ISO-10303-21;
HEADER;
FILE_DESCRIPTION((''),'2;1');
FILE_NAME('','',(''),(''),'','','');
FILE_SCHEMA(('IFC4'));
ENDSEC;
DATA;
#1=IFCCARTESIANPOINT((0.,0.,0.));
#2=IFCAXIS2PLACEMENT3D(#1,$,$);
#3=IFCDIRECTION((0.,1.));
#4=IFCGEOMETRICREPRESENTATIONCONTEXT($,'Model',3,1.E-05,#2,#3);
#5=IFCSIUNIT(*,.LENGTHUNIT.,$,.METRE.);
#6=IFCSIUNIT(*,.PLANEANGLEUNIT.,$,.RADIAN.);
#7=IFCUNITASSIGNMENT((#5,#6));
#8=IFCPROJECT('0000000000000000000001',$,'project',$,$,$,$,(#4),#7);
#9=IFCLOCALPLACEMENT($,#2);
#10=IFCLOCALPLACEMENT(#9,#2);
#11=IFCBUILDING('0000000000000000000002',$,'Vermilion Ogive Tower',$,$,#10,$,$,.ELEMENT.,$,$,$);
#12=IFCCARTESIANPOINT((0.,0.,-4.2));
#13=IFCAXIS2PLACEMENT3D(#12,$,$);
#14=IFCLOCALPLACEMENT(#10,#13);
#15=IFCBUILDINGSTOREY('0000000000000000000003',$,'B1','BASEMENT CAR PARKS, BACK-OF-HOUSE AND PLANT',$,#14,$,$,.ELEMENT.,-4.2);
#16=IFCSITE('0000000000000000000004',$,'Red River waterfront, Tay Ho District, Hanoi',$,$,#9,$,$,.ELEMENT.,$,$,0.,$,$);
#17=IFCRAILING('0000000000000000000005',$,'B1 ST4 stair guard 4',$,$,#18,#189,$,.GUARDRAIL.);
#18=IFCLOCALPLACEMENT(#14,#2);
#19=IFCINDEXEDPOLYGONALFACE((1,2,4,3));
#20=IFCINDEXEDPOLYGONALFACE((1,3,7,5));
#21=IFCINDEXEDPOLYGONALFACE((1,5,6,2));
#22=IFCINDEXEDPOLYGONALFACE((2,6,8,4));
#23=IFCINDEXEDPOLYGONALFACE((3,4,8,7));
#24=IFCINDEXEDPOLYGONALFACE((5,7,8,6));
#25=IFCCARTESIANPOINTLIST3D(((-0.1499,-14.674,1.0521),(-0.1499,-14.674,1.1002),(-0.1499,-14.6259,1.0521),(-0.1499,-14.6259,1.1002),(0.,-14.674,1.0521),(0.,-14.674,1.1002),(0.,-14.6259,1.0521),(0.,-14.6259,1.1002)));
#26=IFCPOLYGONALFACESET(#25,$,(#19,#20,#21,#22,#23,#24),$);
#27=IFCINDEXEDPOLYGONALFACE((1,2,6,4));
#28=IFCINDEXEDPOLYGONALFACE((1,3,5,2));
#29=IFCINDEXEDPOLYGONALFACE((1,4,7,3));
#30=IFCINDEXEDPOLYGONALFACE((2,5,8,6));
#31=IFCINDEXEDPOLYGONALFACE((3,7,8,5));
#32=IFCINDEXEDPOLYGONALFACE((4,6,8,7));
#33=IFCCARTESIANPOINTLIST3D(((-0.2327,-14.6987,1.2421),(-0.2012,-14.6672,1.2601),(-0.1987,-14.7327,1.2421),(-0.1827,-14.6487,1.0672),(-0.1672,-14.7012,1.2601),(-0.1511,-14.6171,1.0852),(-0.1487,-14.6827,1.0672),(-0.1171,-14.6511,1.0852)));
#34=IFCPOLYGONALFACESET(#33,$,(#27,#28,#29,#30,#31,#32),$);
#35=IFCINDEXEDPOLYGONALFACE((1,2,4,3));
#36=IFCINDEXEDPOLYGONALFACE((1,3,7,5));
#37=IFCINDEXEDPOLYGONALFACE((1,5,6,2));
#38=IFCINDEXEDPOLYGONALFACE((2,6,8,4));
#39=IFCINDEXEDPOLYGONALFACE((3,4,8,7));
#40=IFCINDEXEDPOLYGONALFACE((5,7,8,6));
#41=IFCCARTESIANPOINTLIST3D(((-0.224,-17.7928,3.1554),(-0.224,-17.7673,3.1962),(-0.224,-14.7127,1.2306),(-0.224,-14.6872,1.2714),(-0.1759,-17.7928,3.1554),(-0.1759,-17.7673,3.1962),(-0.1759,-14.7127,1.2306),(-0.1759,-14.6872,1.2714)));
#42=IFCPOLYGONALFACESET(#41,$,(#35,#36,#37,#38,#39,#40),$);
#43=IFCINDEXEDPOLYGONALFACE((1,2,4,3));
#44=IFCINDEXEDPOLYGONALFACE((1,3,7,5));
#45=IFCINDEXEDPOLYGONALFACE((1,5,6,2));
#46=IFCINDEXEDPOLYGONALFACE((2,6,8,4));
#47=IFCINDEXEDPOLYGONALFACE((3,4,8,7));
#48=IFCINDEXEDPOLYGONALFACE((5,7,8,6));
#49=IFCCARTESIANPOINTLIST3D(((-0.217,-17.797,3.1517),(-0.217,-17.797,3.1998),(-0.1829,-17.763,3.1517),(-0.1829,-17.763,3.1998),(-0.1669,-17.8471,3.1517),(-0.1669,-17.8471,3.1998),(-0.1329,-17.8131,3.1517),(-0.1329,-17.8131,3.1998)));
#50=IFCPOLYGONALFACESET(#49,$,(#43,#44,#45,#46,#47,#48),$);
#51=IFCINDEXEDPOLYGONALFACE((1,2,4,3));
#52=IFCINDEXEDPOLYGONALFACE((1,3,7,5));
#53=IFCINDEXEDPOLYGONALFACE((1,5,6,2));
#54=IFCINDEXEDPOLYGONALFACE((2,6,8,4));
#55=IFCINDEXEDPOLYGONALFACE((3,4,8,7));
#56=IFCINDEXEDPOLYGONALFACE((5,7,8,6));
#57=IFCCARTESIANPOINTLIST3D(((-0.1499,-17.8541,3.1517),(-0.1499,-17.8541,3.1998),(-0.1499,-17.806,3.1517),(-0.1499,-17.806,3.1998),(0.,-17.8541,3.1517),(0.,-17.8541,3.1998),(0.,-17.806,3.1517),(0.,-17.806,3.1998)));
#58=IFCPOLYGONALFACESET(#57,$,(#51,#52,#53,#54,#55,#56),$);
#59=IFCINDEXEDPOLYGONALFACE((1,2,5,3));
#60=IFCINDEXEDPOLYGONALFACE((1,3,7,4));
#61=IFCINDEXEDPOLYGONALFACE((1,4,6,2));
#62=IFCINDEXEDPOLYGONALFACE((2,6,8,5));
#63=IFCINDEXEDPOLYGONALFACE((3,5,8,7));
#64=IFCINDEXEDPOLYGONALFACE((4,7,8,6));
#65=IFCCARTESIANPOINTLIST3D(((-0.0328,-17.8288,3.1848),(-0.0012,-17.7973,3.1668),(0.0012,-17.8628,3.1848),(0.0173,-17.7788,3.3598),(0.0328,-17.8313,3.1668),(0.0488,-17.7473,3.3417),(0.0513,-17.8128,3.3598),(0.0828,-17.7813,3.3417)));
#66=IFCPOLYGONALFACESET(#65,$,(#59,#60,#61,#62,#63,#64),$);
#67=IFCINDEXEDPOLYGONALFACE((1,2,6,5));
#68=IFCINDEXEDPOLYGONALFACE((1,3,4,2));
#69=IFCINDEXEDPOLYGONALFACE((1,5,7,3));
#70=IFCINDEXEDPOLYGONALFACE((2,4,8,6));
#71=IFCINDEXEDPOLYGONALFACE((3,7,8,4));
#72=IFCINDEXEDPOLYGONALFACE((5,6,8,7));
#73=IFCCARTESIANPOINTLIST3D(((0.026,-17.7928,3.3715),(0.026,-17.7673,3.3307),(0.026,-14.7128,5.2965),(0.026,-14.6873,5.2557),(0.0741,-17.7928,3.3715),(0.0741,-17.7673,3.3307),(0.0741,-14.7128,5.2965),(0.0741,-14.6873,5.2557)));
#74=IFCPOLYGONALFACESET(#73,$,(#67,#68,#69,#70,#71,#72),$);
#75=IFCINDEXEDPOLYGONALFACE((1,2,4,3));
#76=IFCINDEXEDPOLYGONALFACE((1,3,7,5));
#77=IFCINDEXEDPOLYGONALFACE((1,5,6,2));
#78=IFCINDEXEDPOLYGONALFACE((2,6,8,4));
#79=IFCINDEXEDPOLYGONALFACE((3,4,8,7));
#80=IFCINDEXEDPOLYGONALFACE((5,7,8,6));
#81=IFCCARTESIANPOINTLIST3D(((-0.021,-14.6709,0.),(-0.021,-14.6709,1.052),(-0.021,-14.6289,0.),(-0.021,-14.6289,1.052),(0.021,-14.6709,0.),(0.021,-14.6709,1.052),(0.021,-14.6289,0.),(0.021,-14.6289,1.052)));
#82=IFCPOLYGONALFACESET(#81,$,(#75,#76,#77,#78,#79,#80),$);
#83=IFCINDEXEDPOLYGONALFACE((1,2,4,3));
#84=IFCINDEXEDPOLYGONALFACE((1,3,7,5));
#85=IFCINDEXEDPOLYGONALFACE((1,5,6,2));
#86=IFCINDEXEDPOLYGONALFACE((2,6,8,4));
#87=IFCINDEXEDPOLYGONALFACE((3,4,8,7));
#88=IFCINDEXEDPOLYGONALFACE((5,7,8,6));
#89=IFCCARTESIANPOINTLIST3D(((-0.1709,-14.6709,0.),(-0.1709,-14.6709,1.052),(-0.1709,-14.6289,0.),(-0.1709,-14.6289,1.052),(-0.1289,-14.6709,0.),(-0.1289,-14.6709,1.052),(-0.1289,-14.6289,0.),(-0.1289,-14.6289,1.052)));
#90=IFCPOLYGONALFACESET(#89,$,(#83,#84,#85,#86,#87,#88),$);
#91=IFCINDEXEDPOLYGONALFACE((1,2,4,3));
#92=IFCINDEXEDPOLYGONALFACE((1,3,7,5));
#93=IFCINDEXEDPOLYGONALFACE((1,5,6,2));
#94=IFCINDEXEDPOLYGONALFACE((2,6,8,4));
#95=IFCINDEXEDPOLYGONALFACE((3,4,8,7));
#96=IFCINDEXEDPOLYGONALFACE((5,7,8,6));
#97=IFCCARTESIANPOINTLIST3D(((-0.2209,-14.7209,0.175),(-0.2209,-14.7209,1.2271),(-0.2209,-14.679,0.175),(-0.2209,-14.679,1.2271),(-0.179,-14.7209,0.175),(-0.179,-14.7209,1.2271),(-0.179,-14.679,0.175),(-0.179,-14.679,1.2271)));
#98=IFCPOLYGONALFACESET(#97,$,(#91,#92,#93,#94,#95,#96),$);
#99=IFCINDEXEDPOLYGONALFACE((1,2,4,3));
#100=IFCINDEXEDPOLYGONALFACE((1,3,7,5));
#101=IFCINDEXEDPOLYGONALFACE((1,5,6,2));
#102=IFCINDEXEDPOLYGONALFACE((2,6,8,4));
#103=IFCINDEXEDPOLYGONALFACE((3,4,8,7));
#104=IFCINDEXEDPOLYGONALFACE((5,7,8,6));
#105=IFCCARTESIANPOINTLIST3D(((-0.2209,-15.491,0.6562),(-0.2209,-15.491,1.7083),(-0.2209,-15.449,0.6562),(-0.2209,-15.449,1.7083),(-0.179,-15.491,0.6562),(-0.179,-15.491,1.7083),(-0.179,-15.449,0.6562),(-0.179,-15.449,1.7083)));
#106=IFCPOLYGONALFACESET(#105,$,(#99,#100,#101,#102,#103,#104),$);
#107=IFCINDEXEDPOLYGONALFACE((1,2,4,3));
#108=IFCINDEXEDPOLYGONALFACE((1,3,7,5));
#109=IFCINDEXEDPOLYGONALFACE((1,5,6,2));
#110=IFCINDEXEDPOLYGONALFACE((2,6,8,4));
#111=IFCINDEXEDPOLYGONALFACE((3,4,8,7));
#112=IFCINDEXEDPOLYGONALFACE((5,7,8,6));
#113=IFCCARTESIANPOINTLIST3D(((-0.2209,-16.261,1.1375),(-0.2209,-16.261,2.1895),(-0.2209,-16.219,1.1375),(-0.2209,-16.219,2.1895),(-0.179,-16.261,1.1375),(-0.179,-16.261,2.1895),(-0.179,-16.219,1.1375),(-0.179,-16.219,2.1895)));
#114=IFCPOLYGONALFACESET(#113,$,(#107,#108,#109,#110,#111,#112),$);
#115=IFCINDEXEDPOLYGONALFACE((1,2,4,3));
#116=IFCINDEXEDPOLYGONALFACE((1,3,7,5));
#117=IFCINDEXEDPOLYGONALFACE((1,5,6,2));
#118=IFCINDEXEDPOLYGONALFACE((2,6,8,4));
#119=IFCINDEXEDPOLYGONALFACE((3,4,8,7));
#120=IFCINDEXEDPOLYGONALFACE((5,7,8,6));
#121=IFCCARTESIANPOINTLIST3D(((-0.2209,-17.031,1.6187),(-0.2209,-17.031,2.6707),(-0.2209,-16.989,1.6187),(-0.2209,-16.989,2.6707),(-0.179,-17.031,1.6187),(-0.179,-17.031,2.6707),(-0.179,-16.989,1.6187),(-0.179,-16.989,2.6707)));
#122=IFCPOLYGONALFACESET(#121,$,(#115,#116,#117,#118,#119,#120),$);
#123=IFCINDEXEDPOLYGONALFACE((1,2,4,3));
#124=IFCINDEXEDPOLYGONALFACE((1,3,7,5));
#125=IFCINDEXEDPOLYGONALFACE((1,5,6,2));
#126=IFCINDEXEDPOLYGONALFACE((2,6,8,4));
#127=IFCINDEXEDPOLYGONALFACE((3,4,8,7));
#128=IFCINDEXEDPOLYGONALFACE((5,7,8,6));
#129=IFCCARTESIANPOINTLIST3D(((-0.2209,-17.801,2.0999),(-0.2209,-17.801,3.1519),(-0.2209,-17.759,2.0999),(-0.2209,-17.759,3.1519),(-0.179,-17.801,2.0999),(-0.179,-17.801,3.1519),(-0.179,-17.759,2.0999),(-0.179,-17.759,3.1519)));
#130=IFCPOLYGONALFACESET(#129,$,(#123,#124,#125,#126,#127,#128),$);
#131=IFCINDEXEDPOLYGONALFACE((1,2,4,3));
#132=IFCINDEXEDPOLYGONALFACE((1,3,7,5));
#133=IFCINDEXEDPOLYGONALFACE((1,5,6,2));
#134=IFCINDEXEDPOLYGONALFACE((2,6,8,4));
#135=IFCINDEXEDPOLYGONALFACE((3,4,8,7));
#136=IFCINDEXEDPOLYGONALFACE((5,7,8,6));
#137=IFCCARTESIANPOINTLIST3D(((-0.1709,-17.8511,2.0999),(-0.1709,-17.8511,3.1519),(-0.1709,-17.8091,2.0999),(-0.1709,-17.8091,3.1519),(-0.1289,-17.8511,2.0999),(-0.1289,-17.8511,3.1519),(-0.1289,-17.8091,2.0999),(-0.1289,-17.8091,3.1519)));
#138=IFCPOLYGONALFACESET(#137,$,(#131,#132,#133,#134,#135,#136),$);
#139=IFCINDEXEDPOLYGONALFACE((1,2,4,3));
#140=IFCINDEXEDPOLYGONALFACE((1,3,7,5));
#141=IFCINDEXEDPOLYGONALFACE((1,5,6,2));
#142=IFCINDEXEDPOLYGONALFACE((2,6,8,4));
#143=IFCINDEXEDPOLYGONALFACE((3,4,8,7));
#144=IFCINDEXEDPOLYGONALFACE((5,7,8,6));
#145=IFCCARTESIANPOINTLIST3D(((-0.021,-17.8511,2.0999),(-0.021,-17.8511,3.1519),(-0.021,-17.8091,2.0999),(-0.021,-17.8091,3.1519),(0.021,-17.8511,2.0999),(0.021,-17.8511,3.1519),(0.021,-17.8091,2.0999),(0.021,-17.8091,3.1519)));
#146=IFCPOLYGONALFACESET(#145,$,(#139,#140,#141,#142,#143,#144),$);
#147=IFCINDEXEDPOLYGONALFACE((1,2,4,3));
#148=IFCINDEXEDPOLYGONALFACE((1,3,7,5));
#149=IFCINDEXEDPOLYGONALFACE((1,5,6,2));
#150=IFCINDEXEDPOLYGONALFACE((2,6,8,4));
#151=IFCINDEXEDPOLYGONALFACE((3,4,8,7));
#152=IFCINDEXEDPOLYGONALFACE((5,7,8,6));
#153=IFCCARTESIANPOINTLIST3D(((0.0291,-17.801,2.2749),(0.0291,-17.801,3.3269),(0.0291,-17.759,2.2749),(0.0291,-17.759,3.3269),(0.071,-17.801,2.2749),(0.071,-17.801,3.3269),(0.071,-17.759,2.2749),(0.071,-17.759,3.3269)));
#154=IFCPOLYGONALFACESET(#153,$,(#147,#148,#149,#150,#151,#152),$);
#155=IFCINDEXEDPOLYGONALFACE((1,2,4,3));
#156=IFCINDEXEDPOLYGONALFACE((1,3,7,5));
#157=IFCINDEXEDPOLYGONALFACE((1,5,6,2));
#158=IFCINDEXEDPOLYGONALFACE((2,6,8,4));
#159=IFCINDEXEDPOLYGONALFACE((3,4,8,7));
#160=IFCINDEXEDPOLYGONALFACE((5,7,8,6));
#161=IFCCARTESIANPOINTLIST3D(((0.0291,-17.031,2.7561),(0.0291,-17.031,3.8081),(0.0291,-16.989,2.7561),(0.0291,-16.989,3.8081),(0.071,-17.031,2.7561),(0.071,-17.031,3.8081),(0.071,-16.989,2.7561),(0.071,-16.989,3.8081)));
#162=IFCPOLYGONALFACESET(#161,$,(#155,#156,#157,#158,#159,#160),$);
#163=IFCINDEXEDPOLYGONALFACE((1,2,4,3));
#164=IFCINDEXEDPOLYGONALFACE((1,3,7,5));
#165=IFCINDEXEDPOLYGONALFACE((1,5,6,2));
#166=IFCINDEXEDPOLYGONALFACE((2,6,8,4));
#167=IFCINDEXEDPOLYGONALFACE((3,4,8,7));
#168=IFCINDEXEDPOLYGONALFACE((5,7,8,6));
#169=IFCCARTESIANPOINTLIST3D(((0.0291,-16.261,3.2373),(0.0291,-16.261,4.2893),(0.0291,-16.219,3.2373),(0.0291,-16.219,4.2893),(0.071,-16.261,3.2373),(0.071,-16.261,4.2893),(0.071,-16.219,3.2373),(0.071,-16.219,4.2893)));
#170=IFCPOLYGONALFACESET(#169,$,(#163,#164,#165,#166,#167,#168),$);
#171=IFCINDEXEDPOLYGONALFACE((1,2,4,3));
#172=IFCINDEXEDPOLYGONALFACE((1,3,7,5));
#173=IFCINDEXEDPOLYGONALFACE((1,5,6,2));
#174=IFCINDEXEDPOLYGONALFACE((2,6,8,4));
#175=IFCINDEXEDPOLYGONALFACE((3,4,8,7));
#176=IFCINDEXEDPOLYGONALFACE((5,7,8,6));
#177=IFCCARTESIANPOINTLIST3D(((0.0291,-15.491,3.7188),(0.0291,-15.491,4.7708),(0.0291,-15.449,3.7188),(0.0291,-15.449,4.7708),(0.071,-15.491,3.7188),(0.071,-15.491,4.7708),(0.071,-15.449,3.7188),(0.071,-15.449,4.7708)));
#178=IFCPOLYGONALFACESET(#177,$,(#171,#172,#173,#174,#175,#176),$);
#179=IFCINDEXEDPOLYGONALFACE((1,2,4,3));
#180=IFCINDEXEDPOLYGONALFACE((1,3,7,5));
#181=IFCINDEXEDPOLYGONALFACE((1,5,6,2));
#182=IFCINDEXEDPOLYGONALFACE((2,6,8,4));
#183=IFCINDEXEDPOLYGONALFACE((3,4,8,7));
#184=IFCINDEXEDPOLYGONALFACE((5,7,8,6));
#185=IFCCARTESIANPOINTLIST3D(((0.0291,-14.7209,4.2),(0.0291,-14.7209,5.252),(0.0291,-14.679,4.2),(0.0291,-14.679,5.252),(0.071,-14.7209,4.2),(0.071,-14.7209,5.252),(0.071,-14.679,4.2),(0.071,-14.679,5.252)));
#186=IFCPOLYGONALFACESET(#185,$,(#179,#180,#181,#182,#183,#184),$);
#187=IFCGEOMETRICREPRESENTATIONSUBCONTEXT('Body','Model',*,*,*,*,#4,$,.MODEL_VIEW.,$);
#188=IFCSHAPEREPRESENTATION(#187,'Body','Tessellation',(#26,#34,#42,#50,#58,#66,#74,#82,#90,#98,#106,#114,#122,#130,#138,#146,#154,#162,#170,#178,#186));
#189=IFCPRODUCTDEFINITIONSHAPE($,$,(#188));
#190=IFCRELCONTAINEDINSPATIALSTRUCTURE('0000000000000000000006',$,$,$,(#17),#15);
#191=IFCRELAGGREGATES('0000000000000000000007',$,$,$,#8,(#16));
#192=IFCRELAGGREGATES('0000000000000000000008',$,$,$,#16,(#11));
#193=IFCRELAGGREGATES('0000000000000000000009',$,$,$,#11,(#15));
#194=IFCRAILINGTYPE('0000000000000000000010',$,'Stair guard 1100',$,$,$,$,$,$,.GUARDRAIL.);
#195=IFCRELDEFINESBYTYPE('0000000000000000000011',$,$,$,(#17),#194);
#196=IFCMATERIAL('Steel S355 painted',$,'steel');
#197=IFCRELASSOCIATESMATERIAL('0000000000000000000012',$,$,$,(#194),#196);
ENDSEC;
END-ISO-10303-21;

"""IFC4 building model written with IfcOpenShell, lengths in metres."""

from ifc_helpers import new_model, si_unit, direction, frame, origin, origin_2d, place, context, subcontext, project, spatial, rectangle, extrude, material, type_object, element, save


model = new_model("IFC4")

# Units and contexts
model_context = context("Model", 3, precision=1e-05, world=origin(), true_north=direction((0.0, 1.0)))
body_context = subcontext(model_context, "Body", "Model", "MODEL_VIEW")
ifc_project = project(units=[si_unit("LENGTHUNIT", "METRE"), si_unit("PLANEANGLEUNIT", "RADIAN")], contexts=[model_context])

# Site, building, storey
site_placement = place(None, origin())
site = spatial("IfcSite", under=ifc_project, at=site_placement, Name="Red River waterfront, Tay Ho District, Hanoi", CompositionType="ELEMENT", RefElevation=0.0)
building_placement = place(site_placement, origin())
building = spatial("IfcBuilding", under=site, at=building_placement, Name="Vermilion Ogive Tower", CompositionType="ELEMENT")
storey_placement = place(building_placement, frame((0.0, 0.0, -4.2)))
storey = spatial("IfcBuildingStorey", under=building, at=storey_placement, Name="B1", Description="BASEMENT CAR PARKS, BACK-OF-HOUSE AND PLANT", CompositionType="ELEMENT", Elevation=-4.2)

# Railing
ifc_material_1 = material(Name="Steel S355 painted", Category="steel")
railing_type_1 = type_object("IfcRailingType", Name="Stair guard 1100", PredefinedType="GUARDRAIL", material=ifc_material_1)
railing_1_placement = place(storey_placement, frame((0.0, -14.6499, 0.0)))
element("IfcRailing", 1, at=railing_1_placement, inside=storey, type_object=railing_type_1, Name="B1 ST4 stair guard 4", PredefinedType="GUARDRAIL", context=body_context, shape_type="SweptSolid", body=[
    extrude(rectangle(XDim=0.0481, YDim=0.0481, at=origin_2d()), frame((0.0, 0.0, 1.0762), z_axis=(-1.0, 0.0, 0.0), x_axis=(0.0, -1.0, 0.0)), (0.0, 0.0, 1.0), 0.1499),
    extrude(rectangle(XDim=0.0481, YDim=0.0481, at=origin_2d()), frame((-0.1499, 0.0, 1.0762), z_axis=(-0.265065, -0.265065, 0.927082), x_axis=(0.707107, -0.707107, 0.0)), (0.0, 0.0, 1.0), 0.1887),
    extrude(rectangle(XDim=0.0481, YDim=0.0481, at=origin_2d()), frame((-0.2, -0.05, 1.251), z_axis=(0.0, -0.848029, 0.529951), x_axis=(1.0, 0.0, 0.0)), (0.0, 0.0, 1.0), 3.6321),
    extrude(rectangle(XDim=0.0481, YDim=0.0481, at=origin_2d()), frame((-0.2, -3.1301, 3.1758), z_axis=(0.707107, -0.707107, 0.0), x_axis=(0.707107, 0.707107, 0.0)), (0.0, 0.0, 1.0), 0.0708),
    extrude(rectangle(XDim=0.0481, YDim=0.0481, at=origin_2d()), frame((-0.1499, -3.1802, 3.1758), z_axis=(1.0, 0.0, 0.0), x_axis=(0.0, 1.0, 0.0)), (0.0, 0.0, 1.0), 0.1499),
    extrude(rectangle(XDim=0.0481, YDim=0.0481, at=origin_2d()), frame((0.0, -3.1802, 3.1758), z_axis=(0.265065, 0.265065, 0.927082), x_axis=(-0.707107, 0.707107, 0.0)), (0.0, 0.0, 1.0), 0.1887),
    extrude(rectangle(XDim=0.0481, YDim=0.0481, at=origin_2d()), frame((0.05, -3.1301, 3.3511), z_axis=(0.0, 0.847998, 0.529999), x_axis=(-1.0, 0.0, 0.0)), (0.0, 0.0, 1.0), 3.6321),
    extrude(rectangle(XDim=0.042, YDim=0.042, at=origin_2d()), origin(), (0.0, 0.0, 1.0), 1.052),
    extrude(rectangle(XDim=0.042, YDim=0.042, at=origin_2d()), frame((-0.1499, 0.0, 0.0)), (0.0, 0.0, 1.0), 1.052),
    extrude(rectangle(XDim=0.042, YDim=0.042, at=origin_2d()), frame((-0.2, -0.05, 0.175)), (0.0, 0.0, 1.0), 1.052),
    extrude(rectangle(XDim=0.042, YDim=0.042, at=origin_2d()), frame((-0.2, -0.8201, 0.6562)), (0.0, 0.0, 1.0), 1.052),
    extrude(rectangle(XDim=0.042, YDim=0.042, at=origin_2d()), frame((-0.2, -1.5901, 1.1375)), (0.0, 0.0, 1.0), 1.052),
    extrude(rectangle(XDim=0.042, YDim=0.042, at=origin_2d()), frame((-0.2, -2.3601, 1.6187)), (0.0, 0.0, 1.0), 1.052),
    extrude(rectangle(XDim=0.042, YDim=0.042, at=origin_2d()), frame((-0.2, -3.1301, 2.0999)), (0.0, 0.0, 1.0), 1.052),
    extrude(rectangle(XDim=0.042, YDim=0.042, at=origin_2d()), frame((-0.1499, -3.1802, 2.0999)), (0.0, 0.0, 1.0), 1.052),
    extrude(rectangle(XDim=0.042, YDim=0.042, at=origin_2d()), frame((0.0, -3.1802, 2.0999)), (0.0, 0.0, 1.0), 1.052),
    extrude(rectangle(XDim=0.042, YDim=0.042, at=origin_2d()), frame((0.05, -3.1301, 2.2749)), (0.0, 0.0, 1.0), 1.052),
    extrude(rectangle(XDim=0.042, YDim=0.042, at=origin_2d()), frame((0.05, -2.3601, 2.7561)), (0.0, 0.0, 1.0), 1.052),
    extrude(rectangle(XDim=0.042, YDim=0.042, at=origin_2d()), frame((0.05, -1.5901, 3.2373)), (0.0, 0.0, 1.0), 1.052),
    extrude(rectangle(XDim=0.042, YDim=0.042, at=origin_2d()), frame((0.05, -0.8201, 3.7188)), (0.0, 0.0, 1.0), 1.052),
    extrude(rectangle(XDim=0.042, YDim=0.042, at=origin_2d()), frame((0.05, -0.05, 4.2)), (0.0, 0.0, 1.0), 1.052),
])

save(model, "model.ifc")
